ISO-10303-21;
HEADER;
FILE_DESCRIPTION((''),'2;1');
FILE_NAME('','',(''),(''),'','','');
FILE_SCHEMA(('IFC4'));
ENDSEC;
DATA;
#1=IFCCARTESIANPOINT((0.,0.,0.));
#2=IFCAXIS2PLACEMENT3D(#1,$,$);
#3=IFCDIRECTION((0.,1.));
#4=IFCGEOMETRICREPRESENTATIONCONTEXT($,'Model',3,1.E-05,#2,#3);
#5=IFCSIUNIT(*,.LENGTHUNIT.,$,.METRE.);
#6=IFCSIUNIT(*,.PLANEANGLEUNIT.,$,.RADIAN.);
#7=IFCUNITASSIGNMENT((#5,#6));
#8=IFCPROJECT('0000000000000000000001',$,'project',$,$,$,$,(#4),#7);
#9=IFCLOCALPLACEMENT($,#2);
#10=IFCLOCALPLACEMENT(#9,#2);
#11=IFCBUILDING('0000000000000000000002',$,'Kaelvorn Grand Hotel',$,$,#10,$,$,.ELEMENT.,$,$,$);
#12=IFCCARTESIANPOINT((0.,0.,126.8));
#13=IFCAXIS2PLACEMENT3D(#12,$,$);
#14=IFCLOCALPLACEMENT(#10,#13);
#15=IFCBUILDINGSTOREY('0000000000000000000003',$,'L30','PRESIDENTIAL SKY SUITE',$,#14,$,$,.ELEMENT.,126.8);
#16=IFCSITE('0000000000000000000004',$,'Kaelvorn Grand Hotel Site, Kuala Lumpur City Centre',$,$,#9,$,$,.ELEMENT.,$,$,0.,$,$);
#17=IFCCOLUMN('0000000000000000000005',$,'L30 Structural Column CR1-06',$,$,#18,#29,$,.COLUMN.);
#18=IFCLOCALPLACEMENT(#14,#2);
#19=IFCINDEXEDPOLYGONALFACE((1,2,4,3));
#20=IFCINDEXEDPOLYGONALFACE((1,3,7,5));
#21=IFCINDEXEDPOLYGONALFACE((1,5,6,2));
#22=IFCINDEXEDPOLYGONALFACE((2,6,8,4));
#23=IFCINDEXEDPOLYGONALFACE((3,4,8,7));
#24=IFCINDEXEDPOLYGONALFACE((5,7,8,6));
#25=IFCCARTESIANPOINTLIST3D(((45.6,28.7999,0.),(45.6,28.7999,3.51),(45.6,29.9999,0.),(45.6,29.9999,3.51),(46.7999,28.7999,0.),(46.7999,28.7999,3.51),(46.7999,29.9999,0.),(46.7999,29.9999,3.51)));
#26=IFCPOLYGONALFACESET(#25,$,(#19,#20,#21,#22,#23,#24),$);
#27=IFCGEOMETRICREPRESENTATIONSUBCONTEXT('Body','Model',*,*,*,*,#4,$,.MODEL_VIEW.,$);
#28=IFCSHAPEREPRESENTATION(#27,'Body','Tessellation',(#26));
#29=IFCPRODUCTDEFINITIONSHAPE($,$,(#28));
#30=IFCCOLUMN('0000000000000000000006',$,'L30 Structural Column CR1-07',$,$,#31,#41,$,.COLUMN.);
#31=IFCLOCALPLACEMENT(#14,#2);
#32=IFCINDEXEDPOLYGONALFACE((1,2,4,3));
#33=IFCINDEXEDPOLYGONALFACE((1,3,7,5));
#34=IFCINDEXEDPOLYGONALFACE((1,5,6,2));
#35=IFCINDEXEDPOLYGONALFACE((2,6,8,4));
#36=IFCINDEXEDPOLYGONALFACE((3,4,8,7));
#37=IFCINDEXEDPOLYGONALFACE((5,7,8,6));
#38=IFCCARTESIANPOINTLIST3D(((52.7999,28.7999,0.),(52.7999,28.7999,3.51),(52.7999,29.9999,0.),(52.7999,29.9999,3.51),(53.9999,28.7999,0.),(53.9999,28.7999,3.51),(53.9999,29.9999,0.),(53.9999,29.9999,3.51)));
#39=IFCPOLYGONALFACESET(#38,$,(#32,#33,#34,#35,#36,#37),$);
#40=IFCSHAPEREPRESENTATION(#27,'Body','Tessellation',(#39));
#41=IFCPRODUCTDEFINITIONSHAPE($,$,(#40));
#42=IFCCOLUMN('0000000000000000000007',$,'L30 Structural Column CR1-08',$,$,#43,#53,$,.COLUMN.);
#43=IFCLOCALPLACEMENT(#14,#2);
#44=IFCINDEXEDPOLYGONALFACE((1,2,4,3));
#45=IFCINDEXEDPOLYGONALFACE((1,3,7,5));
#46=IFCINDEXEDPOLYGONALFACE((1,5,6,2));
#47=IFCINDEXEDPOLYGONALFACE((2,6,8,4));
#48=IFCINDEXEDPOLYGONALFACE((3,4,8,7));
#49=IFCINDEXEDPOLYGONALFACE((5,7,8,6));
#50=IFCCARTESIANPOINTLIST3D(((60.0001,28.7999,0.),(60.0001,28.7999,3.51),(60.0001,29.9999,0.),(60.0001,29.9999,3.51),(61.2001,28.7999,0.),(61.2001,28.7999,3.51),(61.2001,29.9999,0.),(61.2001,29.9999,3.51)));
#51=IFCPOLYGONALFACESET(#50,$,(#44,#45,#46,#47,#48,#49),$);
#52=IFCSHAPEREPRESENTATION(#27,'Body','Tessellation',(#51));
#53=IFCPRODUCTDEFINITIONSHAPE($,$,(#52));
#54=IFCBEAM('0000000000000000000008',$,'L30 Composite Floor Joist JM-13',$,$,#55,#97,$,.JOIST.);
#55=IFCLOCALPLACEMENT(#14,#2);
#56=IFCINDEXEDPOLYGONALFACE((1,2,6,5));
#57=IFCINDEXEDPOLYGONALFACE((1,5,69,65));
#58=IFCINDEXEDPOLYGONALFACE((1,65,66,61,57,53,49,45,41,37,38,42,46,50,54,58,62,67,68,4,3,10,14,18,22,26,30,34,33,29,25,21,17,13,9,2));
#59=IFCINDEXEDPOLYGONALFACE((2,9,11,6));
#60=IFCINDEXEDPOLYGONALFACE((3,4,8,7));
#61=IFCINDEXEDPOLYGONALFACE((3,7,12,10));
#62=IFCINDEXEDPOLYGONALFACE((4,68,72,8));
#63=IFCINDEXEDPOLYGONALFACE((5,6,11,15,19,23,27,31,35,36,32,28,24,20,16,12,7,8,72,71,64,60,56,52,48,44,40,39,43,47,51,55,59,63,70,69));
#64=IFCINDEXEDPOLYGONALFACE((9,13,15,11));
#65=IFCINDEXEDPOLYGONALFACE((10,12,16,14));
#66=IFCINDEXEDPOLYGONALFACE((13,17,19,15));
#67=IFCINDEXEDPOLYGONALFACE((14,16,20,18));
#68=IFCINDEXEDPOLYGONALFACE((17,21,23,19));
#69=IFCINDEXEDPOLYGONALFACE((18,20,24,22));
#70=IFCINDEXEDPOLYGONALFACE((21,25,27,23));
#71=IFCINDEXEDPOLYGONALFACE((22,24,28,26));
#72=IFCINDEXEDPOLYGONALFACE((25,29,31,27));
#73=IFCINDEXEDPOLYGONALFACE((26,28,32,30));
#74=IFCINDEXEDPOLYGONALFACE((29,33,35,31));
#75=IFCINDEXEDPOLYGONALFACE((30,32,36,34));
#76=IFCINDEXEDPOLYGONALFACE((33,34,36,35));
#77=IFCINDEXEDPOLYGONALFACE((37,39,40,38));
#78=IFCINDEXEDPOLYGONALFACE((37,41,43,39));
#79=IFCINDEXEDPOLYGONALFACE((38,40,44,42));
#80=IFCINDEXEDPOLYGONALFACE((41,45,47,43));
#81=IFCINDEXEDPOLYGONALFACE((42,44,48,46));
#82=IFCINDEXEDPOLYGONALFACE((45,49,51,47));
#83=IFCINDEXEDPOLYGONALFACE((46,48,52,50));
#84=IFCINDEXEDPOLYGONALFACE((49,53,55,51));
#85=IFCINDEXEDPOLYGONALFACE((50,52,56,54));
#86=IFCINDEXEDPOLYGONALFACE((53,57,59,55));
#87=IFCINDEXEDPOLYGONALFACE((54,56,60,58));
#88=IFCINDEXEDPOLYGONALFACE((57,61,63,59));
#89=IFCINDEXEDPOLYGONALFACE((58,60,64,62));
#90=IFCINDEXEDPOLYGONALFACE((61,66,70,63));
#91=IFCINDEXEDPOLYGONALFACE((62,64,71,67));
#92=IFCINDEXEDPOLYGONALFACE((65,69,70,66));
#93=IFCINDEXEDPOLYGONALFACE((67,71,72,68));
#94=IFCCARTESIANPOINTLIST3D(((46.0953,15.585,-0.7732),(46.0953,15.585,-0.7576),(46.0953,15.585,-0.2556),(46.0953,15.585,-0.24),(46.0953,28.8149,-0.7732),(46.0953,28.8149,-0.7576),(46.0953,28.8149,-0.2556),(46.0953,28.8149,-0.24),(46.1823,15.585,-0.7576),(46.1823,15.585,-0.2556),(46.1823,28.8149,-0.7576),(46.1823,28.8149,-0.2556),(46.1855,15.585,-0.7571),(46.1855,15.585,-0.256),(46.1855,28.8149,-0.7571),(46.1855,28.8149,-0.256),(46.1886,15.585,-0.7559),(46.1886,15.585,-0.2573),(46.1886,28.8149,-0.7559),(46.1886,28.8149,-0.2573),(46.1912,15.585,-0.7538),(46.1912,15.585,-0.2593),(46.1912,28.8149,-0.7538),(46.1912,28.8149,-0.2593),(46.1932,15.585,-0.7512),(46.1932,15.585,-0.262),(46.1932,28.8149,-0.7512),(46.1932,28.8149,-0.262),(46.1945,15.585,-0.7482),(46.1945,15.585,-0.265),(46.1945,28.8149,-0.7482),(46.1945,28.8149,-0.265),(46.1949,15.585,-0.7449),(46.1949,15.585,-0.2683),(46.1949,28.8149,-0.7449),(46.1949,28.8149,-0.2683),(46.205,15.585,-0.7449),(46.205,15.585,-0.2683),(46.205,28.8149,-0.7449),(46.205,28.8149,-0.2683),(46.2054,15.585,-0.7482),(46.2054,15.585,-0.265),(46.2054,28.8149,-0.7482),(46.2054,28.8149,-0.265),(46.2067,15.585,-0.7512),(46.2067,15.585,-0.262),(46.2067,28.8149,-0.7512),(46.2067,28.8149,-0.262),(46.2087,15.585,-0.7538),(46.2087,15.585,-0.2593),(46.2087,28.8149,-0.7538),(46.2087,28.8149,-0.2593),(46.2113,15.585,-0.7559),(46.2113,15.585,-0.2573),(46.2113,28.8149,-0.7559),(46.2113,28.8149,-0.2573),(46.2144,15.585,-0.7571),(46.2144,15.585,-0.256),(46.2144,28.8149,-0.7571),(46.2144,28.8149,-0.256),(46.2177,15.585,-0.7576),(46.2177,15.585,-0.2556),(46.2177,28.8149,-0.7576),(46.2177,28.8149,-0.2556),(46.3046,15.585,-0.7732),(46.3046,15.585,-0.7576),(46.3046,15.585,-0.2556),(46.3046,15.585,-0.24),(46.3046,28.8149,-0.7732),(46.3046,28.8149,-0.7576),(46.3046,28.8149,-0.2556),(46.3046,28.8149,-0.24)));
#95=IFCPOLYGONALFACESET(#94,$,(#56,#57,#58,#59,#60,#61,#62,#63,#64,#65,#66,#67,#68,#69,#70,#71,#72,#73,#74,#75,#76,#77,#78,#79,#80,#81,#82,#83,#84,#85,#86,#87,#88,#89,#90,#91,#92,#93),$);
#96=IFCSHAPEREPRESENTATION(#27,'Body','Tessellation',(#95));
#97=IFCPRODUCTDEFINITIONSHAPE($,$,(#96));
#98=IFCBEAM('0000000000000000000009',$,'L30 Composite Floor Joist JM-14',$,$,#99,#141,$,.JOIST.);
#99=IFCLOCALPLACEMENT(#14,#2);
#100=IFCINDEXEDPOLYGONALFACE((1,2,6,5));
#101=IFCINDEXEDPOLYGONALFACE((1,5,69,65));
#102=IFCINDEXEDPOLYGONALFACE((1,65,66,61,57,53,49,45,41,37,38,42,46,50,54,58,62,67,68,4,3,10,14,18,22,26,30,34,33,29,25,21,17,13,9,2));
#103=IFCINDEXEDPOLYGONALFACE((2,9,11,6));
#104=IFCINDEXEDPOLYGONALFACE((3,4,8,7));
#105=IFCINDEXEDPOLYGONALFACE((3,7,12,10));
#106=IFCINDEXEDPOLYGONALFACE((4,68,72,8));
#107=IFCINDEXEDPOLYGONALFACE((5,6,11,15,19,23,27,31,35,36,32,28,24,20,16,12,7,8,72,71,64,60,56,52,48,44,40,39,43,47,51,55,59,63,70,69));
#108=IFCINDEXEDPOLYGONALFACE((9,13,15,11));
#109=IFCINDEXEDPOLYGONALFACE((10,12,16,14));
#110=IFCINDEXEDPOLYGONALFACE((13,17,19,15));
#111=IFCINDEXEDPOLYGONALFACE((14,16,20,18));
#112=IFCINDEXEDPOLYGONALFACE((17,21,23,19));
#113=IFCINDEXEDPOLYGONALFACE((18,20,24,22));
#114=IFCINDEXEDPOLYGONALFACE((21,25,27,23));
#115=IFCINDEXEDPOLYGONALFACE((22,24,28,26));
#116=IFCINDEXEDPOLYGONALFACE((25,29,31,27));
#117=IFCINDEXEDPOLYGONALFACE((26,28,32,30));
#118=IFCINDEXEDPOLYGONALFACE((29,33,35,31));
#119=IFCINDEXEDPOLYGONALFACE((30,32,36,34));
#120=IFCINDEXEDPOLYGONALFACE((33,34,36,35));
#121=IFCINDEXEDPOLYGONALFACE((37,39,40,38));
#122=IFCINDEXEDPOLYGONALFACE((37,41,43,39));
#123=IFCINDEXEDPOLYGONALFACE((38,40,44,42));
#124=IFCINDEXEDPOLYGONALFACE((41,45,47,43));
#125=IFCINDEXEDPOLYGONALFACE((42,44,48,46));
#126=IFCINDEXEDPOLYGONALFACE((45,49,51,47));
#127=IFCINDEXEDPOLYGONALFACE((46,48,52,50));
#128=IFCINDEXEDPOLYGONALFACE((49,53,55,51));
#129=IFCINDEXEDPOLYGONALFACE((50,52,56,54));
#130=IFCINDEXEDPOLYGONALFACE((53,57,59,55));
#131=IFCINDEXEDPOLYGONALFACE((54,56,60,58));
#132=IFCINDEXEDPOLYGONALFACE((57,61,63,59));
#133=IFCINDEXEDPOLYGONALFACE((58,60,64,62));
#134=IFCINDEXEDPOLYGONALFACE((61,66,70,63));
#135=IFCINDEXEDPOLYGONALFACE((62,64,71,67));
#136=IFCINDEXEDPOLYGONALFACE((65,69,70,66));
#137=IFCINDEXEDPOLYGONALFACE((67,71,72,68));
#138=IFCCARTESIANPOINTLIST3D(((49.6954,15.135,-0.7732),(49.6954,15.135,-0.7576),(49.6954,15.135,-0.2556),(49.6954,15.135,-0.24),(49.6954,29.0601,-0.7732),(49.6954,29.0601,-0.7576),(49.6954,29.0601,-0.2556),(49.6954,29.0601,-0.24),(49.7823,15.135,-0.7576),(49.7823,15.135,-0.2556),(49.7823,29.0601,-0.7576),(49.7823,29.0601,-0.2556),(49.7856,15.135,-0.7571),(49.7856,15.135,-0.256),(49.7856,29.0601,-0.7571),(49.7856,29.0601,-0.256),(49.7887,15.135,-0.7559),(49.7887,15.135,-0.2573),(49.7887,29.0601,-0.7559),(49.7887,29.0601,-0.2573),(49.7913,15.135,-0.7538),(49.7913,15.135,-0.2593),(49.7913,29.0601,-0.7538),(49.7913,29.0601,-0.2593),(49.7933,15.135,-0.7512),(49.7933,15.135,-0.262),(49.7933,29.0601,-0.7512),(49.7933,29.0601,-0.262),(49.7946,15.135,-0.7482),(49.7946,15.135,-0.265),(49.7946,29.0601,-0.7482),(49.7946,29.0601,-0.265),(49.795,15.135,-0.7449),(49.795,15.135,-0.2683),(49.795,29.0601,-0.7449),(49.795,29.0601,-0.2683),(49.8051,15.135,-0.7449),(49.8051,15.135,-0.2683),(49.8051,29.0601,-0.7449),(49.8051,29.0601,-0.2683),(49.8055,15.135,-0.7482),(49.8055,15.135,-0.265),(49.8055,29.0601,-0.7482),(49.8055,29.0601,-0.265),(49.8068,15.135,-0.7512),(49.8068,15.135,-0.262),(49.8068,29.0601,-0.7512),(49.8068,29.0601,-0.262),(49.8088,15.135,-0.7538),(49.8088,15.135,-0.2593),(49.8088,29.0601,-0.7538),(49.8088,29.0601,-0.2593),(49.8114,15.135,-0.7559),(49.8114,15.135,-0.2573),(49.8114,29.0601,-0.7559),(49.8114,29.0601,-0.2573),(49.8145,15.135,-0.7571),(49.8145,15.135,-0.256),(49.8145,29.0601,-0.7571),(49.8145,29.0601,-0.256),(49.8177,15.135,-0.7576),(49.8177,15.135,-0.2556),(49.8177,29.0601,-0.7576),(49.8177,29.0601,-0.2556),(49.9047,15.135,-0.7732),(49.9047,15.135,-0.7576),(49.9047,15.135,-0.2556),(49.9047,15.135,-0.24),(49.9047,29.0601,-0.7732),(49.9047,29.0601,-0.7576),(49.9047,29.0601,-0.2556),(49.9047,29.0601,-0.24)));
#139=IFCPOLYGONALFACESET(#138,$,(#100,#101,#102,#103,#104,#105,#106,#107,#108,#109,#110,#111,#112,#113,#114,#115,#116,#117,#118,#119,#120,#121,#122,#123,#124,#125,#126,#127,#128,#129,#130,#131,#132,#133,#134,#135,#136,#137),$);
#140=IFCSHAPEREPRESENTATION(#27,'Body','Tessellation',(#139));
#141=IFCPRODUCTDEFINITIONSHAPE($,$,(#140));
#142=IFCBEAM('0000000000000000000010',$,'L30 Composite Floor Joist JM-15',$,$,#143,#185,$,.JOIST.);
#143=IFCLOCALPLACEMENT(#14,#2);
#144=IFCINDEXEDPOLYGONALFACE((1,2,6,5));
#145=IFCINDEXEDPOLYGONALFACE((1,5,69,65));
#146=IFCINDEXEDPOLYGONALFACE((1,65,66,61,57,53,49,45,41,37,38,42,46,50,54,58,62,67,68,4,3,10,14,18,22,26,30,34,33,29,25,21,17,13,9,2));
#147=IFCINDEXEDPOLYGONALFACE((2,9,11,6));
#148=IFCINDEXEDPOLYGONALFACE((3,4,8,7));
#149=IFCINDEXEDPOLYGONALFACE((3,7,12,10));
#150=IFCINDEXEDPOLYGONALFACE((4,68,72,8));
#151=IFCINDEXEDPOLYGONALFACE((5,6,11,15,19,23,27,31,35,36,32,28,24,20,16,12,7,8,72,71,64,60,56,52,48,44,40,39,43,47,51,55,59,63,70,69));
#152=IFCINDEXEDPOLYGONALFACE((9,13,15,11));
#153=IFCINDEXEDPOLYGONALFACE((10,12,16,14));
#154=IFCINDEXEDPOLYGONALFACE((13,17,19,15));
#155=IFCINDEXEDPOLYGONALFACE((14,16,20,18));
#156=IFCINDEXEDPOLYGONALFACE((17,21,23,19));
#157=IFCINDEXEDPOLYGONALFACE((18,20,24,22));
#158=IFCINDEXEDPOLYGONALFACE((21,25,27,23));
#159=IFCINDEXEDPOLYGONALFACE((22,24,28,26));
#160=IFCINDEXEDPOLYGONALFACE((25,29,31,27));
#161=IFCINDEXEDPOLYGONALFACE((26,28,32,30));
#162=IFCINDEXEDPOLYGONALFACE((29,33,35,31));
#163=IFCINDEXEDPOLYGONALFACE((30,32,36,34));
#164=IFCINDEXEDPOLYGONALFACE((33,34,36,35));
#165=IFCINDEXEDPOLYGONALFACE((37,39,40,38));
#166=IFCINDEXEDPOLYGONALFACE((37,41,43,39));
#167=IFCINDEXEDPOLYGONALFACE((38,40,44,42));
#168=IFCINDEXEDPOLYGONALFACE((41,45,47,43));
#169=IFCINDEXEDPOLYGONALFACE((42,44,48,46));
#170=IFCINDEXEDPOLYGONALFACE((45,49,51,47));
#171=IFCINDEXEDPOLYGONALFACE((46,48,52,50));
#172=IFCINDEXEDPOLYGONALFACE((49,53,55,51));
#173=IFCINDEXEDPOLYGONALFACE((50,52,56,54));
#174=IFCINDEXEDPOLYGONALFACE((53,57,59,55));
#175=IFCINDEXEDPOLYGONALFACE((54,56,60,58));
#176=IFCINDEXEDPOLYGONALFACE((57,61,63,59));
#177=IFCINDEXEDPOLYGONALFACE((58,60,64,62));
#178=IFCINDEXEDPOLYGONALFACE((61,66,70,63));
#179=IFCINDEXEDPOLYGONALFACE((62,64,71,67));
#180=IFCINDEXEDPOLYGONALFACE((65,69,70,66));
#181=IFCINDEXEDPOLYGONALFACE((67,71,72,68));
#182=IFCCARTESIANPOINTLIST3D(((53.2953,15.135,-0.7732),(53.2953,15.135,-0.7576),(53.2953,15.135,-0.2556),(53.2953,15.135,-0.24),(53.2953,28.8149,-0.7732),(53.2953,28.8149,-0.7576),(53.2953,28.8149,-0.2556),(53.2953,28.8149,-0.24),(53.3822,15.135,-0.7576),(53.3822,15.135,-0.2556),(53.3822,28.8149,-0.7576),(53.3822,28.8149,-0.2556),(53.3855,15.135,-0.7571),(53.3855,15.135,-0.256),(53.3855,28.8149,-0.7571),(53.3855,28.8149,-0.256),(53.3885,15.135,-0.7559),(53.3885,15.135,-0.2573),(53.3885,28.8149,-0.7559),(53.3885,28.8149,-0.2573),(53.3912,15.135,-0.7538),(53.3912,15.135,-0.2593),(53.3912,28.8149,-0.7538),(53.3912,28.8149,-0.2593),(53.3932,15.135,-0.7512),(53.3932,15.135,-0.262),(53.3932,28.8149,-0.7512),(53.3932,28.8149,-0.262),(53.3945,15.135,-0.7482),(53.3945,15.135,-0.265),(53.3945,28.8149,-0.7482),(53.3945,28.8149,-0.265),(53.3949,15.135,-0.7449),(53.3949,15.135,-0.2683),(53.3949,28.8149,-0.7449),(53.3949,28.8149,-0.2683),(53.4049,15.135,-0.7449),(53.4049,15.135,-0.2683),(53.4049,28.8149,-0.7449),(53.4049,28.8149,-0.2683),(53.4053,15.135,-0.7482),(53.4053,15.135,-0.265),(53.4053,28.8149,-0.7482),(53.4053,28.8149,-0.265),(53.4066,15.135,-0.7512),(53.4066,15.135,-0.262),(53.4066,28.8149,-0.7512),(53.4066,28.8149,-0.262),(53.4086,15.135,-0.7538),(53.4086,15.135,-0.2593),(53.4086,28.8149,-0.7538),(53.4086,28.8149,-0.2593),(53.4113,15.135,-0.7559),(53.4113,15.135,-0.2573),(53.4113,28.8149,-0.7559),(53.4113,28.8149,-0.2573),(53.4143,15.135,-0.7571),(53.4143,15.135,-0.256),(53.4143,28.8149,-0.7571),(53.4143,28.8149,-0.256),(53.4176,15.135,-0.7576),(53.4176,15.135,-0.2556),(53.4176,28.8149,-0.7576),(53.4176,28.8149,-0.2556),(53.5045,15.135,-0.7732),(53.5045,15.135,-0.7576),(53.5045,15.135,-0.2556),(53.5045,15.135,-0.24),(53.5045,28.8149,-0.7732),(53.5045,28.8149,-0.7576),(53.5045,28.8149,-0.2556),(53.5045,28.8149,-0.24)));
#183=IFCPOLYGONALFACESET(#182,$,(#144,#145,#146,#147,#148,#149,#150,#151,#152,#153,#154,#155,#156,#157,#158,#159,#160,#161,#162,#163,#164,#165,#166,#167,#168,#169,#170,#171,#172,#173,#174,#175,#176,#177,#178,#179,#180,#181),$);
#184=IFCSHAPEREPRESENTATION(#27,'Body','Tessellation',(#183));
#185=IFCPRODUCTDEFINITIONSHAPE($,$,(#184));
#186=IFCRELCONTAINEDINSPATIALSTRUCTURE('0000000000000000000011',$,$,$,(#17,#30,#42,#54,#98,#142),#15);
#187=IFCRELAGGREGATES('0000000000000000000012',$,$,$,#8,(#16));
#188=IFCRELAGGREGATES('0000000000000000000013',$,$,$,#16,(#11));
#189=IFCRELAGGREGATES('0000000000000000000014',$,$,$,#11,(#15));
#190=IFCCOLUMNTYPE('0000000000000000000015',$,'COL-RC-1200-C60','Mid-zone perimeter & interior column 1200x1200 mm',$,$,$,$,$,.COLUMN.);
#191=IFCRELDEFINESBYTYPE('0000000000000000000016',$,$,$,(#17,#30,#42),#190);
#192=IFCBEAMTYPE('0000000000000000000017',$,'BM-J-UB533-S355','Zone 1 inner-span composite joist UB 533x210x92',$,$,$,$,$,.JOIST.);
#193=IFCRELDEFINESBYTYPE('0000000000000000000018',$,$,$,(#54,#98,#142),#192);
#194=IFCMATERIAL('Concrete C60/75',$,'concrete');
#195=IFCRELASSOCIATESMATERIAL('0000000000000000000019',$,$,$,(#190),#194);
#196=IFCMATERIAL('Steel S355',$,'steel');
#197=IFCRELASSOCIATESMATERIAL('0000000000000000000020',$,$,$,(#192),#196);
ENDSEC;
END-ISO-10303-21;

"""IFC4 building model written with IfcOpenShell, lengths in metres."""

from ifc_helpers import new_model, si_unit, direction, frame, origin, origin_2d, place, context, subcontext, project, spatial, rectangle, i_section, extrude, material, material_profile, profile_set, type_object, element, save


model = new_model("IFC4")

# Units and contexts
model_context = context("Model", 3, precision=1e-05, world=origin(), true_north=direction((0.0, 1.0)))
body_context = subcontext(model_context, "Body", "Model", "MODEL_VIEW")
ifc_project = project(units=[si_unit("LENGTHUNIT", "METRE"), si_unit("PLANEANGLEUNIT", "RADIAN")], contexts=[model_context])

# Site, building, storey
site_placement = place(None, origin())
site = spatial("IfcSite", under=ifc_project, at=site_placement, Name="Kaelvorn Grand Hotel Site, Kuala Lumpur City Centre", CompositionType="ELEMENT", RefElevation=0.0)
building_placement = place(site_placement, origin())
building = spatial("IfcBuilding", under=site, at=building_placement, Name="Kaelvorn Grand Hotel", CompositionType="ELEMENT")
storey_placement = place(building_placement, frame((0.0, 0.0, 126.8)))
storey = spatial("IfcBuildingStorey", under=building, at=storey_placement, Name="L30", Description="PRESIDENTIAL SKY SUITE", CompositionType="ELEMENT", Elevation=126.8)

# Columns
ifc_material_1 = material(Name="Concrete C60/75", Category="concrete")
ifc_material_profile_1 = material_profile(ifc_material_1, rectangle(XDim=1.2, YDim=1.2, at=origin_2d()), Name="RC COL 1200x1200")
ifc_profile_set_1 = profile_set([ifc_material_profile_1], Name="Concrete C60/75")
column_type = type_object("IfcColumnType", Name="COL-RC-1200-C60", Description="Mid-zone perimeter & interior column 1200x1200 mm", PredefinedType="COLUMN", material=ifc_profile_set_1)
for number, where, z_axis, x_axis, name in (
    (1, (46.2, 29.3999, 0.0), (0.0, 0.0, 1.0), (1.0, 0.0, 0.0), "L30 Structural Column CR1-06"),
    (2, (53.3999, 29.3999, 0.0), (0.0, 0.0, 1.0), (1.0, 0.0, 0.0), "L30 Structural Column CR1-07"),
    (3, (60.6001, 29.3999, 0.0), (0.0, 0.0, 1.0), (1.0, 0.0, 0.0), "L30 Structural Column CR1-08"),
):
    element("IfcColumn", number, at=place(storey_placement, frame(where, z_axis=z_axis, x_axis=x_axis)), inside=storey, type_object=column_type, Name=name, PredefinedType="COLUMN", context=body_context, shape_type="SweptSolid", body=[
        extrude(rectangle(XDim=1.2, YDim=1.2, at=origin_2d()), origin(), (0.0, 0.0, 1.0), 3.51),
    ])

# Beams
ifc_material_2 = material(Name="Steel S355", Category="steel")
ifc_material_profile_2 = material_profile(ifc_material_2, i_section(OverallWidth=0.2092, OverallDepth=0.5332, WebThickness=0.01, FlangeThickness=0.0156, FilletRadius=0.0127, at=origin_2d()), Name="UB 533x210x92")
ifc_profile_set_2 = profile_set([ifc_material_profile_2], Name="Steel S355")
beam_type_1 = type_object("IfcBeamType", Name="BM-J-UB533-S355", Description="Zone 1 inner-span composite joist UB 533x210x92", PredefinedType="JOIST", material=ifc_profile_set_2)
beam_1_placement = place(storey_placement, frame((46.2, 15.585, -0.5066), z_axis=(0.0, 1.0, 0.0), x_axis=(-1.0, 0.0, 0.0)))
element("IfcBeam", 4, at=beam_1_placement, inside=storey, type_object=beam_type_1, Name="L30 Composite Floor Joist JM-13", PredefinedType="JOIST", context=body_context, shape_type="SweptSolid", body=[
    extrude(i_section(OverallWidth=0.2092, OverallDepth=0.5332, WebThickness=0.01, FlangeThickness=0.0156, FilletRadius=0.0127, at=origin_2d()), origin(), (0.0, 0.0, 1.0), 13.23),
])
beam_2_placement = place(storey_placement, frame((49.8, 15.135, -0.5066), z_axis=(0.0, 1.0, 0.0), x_axis=(-1.0, 0.0, 0.0)))
element("IfcBeam", 5, at=beam_2_placement, inside=storey, type_object=beam_type_1, Name="L30 Composite Floor Joist JM-14", PredefinedType="JOIST", context=body_context, shape_type="SweptSolid", body=[
    extrude(i_section(OverallWidth=0.2092, OverallDepth=0.5332, WebThickness=0.01, FlangeThickness=0.0156, FilletRadius=0.0127, at=origin_2d()), origin(), (0.0, 0.0, 1.0), 13.925),
])
beam_3_placement = place(storey_placement, frame((53.3999, 15.135, -0.5066), z_axis=(0.0, 1.0, 0.0), x_axis=(-1.0, 0.0, 0.0)))
element("IfcBeam", 6, at=beam_3_placement, inside=storey, type_object=beam_type_1, Name="L30 Composite Floor Joist JM-15", PredefinedType="JOIST", context=body_context, shape_type="SweptSolid", body=[
    extrude(i_section(OverallWidth=0.2092, OverallDepth=0.5332, WebThickness=0.01, FlangeThickness=0.0156, FilletRadius=0.0127, at=origin_2d()), origin(), (0.0, 0.0, 1.0), 13.6799),
])

save(model, "model.ifc")
